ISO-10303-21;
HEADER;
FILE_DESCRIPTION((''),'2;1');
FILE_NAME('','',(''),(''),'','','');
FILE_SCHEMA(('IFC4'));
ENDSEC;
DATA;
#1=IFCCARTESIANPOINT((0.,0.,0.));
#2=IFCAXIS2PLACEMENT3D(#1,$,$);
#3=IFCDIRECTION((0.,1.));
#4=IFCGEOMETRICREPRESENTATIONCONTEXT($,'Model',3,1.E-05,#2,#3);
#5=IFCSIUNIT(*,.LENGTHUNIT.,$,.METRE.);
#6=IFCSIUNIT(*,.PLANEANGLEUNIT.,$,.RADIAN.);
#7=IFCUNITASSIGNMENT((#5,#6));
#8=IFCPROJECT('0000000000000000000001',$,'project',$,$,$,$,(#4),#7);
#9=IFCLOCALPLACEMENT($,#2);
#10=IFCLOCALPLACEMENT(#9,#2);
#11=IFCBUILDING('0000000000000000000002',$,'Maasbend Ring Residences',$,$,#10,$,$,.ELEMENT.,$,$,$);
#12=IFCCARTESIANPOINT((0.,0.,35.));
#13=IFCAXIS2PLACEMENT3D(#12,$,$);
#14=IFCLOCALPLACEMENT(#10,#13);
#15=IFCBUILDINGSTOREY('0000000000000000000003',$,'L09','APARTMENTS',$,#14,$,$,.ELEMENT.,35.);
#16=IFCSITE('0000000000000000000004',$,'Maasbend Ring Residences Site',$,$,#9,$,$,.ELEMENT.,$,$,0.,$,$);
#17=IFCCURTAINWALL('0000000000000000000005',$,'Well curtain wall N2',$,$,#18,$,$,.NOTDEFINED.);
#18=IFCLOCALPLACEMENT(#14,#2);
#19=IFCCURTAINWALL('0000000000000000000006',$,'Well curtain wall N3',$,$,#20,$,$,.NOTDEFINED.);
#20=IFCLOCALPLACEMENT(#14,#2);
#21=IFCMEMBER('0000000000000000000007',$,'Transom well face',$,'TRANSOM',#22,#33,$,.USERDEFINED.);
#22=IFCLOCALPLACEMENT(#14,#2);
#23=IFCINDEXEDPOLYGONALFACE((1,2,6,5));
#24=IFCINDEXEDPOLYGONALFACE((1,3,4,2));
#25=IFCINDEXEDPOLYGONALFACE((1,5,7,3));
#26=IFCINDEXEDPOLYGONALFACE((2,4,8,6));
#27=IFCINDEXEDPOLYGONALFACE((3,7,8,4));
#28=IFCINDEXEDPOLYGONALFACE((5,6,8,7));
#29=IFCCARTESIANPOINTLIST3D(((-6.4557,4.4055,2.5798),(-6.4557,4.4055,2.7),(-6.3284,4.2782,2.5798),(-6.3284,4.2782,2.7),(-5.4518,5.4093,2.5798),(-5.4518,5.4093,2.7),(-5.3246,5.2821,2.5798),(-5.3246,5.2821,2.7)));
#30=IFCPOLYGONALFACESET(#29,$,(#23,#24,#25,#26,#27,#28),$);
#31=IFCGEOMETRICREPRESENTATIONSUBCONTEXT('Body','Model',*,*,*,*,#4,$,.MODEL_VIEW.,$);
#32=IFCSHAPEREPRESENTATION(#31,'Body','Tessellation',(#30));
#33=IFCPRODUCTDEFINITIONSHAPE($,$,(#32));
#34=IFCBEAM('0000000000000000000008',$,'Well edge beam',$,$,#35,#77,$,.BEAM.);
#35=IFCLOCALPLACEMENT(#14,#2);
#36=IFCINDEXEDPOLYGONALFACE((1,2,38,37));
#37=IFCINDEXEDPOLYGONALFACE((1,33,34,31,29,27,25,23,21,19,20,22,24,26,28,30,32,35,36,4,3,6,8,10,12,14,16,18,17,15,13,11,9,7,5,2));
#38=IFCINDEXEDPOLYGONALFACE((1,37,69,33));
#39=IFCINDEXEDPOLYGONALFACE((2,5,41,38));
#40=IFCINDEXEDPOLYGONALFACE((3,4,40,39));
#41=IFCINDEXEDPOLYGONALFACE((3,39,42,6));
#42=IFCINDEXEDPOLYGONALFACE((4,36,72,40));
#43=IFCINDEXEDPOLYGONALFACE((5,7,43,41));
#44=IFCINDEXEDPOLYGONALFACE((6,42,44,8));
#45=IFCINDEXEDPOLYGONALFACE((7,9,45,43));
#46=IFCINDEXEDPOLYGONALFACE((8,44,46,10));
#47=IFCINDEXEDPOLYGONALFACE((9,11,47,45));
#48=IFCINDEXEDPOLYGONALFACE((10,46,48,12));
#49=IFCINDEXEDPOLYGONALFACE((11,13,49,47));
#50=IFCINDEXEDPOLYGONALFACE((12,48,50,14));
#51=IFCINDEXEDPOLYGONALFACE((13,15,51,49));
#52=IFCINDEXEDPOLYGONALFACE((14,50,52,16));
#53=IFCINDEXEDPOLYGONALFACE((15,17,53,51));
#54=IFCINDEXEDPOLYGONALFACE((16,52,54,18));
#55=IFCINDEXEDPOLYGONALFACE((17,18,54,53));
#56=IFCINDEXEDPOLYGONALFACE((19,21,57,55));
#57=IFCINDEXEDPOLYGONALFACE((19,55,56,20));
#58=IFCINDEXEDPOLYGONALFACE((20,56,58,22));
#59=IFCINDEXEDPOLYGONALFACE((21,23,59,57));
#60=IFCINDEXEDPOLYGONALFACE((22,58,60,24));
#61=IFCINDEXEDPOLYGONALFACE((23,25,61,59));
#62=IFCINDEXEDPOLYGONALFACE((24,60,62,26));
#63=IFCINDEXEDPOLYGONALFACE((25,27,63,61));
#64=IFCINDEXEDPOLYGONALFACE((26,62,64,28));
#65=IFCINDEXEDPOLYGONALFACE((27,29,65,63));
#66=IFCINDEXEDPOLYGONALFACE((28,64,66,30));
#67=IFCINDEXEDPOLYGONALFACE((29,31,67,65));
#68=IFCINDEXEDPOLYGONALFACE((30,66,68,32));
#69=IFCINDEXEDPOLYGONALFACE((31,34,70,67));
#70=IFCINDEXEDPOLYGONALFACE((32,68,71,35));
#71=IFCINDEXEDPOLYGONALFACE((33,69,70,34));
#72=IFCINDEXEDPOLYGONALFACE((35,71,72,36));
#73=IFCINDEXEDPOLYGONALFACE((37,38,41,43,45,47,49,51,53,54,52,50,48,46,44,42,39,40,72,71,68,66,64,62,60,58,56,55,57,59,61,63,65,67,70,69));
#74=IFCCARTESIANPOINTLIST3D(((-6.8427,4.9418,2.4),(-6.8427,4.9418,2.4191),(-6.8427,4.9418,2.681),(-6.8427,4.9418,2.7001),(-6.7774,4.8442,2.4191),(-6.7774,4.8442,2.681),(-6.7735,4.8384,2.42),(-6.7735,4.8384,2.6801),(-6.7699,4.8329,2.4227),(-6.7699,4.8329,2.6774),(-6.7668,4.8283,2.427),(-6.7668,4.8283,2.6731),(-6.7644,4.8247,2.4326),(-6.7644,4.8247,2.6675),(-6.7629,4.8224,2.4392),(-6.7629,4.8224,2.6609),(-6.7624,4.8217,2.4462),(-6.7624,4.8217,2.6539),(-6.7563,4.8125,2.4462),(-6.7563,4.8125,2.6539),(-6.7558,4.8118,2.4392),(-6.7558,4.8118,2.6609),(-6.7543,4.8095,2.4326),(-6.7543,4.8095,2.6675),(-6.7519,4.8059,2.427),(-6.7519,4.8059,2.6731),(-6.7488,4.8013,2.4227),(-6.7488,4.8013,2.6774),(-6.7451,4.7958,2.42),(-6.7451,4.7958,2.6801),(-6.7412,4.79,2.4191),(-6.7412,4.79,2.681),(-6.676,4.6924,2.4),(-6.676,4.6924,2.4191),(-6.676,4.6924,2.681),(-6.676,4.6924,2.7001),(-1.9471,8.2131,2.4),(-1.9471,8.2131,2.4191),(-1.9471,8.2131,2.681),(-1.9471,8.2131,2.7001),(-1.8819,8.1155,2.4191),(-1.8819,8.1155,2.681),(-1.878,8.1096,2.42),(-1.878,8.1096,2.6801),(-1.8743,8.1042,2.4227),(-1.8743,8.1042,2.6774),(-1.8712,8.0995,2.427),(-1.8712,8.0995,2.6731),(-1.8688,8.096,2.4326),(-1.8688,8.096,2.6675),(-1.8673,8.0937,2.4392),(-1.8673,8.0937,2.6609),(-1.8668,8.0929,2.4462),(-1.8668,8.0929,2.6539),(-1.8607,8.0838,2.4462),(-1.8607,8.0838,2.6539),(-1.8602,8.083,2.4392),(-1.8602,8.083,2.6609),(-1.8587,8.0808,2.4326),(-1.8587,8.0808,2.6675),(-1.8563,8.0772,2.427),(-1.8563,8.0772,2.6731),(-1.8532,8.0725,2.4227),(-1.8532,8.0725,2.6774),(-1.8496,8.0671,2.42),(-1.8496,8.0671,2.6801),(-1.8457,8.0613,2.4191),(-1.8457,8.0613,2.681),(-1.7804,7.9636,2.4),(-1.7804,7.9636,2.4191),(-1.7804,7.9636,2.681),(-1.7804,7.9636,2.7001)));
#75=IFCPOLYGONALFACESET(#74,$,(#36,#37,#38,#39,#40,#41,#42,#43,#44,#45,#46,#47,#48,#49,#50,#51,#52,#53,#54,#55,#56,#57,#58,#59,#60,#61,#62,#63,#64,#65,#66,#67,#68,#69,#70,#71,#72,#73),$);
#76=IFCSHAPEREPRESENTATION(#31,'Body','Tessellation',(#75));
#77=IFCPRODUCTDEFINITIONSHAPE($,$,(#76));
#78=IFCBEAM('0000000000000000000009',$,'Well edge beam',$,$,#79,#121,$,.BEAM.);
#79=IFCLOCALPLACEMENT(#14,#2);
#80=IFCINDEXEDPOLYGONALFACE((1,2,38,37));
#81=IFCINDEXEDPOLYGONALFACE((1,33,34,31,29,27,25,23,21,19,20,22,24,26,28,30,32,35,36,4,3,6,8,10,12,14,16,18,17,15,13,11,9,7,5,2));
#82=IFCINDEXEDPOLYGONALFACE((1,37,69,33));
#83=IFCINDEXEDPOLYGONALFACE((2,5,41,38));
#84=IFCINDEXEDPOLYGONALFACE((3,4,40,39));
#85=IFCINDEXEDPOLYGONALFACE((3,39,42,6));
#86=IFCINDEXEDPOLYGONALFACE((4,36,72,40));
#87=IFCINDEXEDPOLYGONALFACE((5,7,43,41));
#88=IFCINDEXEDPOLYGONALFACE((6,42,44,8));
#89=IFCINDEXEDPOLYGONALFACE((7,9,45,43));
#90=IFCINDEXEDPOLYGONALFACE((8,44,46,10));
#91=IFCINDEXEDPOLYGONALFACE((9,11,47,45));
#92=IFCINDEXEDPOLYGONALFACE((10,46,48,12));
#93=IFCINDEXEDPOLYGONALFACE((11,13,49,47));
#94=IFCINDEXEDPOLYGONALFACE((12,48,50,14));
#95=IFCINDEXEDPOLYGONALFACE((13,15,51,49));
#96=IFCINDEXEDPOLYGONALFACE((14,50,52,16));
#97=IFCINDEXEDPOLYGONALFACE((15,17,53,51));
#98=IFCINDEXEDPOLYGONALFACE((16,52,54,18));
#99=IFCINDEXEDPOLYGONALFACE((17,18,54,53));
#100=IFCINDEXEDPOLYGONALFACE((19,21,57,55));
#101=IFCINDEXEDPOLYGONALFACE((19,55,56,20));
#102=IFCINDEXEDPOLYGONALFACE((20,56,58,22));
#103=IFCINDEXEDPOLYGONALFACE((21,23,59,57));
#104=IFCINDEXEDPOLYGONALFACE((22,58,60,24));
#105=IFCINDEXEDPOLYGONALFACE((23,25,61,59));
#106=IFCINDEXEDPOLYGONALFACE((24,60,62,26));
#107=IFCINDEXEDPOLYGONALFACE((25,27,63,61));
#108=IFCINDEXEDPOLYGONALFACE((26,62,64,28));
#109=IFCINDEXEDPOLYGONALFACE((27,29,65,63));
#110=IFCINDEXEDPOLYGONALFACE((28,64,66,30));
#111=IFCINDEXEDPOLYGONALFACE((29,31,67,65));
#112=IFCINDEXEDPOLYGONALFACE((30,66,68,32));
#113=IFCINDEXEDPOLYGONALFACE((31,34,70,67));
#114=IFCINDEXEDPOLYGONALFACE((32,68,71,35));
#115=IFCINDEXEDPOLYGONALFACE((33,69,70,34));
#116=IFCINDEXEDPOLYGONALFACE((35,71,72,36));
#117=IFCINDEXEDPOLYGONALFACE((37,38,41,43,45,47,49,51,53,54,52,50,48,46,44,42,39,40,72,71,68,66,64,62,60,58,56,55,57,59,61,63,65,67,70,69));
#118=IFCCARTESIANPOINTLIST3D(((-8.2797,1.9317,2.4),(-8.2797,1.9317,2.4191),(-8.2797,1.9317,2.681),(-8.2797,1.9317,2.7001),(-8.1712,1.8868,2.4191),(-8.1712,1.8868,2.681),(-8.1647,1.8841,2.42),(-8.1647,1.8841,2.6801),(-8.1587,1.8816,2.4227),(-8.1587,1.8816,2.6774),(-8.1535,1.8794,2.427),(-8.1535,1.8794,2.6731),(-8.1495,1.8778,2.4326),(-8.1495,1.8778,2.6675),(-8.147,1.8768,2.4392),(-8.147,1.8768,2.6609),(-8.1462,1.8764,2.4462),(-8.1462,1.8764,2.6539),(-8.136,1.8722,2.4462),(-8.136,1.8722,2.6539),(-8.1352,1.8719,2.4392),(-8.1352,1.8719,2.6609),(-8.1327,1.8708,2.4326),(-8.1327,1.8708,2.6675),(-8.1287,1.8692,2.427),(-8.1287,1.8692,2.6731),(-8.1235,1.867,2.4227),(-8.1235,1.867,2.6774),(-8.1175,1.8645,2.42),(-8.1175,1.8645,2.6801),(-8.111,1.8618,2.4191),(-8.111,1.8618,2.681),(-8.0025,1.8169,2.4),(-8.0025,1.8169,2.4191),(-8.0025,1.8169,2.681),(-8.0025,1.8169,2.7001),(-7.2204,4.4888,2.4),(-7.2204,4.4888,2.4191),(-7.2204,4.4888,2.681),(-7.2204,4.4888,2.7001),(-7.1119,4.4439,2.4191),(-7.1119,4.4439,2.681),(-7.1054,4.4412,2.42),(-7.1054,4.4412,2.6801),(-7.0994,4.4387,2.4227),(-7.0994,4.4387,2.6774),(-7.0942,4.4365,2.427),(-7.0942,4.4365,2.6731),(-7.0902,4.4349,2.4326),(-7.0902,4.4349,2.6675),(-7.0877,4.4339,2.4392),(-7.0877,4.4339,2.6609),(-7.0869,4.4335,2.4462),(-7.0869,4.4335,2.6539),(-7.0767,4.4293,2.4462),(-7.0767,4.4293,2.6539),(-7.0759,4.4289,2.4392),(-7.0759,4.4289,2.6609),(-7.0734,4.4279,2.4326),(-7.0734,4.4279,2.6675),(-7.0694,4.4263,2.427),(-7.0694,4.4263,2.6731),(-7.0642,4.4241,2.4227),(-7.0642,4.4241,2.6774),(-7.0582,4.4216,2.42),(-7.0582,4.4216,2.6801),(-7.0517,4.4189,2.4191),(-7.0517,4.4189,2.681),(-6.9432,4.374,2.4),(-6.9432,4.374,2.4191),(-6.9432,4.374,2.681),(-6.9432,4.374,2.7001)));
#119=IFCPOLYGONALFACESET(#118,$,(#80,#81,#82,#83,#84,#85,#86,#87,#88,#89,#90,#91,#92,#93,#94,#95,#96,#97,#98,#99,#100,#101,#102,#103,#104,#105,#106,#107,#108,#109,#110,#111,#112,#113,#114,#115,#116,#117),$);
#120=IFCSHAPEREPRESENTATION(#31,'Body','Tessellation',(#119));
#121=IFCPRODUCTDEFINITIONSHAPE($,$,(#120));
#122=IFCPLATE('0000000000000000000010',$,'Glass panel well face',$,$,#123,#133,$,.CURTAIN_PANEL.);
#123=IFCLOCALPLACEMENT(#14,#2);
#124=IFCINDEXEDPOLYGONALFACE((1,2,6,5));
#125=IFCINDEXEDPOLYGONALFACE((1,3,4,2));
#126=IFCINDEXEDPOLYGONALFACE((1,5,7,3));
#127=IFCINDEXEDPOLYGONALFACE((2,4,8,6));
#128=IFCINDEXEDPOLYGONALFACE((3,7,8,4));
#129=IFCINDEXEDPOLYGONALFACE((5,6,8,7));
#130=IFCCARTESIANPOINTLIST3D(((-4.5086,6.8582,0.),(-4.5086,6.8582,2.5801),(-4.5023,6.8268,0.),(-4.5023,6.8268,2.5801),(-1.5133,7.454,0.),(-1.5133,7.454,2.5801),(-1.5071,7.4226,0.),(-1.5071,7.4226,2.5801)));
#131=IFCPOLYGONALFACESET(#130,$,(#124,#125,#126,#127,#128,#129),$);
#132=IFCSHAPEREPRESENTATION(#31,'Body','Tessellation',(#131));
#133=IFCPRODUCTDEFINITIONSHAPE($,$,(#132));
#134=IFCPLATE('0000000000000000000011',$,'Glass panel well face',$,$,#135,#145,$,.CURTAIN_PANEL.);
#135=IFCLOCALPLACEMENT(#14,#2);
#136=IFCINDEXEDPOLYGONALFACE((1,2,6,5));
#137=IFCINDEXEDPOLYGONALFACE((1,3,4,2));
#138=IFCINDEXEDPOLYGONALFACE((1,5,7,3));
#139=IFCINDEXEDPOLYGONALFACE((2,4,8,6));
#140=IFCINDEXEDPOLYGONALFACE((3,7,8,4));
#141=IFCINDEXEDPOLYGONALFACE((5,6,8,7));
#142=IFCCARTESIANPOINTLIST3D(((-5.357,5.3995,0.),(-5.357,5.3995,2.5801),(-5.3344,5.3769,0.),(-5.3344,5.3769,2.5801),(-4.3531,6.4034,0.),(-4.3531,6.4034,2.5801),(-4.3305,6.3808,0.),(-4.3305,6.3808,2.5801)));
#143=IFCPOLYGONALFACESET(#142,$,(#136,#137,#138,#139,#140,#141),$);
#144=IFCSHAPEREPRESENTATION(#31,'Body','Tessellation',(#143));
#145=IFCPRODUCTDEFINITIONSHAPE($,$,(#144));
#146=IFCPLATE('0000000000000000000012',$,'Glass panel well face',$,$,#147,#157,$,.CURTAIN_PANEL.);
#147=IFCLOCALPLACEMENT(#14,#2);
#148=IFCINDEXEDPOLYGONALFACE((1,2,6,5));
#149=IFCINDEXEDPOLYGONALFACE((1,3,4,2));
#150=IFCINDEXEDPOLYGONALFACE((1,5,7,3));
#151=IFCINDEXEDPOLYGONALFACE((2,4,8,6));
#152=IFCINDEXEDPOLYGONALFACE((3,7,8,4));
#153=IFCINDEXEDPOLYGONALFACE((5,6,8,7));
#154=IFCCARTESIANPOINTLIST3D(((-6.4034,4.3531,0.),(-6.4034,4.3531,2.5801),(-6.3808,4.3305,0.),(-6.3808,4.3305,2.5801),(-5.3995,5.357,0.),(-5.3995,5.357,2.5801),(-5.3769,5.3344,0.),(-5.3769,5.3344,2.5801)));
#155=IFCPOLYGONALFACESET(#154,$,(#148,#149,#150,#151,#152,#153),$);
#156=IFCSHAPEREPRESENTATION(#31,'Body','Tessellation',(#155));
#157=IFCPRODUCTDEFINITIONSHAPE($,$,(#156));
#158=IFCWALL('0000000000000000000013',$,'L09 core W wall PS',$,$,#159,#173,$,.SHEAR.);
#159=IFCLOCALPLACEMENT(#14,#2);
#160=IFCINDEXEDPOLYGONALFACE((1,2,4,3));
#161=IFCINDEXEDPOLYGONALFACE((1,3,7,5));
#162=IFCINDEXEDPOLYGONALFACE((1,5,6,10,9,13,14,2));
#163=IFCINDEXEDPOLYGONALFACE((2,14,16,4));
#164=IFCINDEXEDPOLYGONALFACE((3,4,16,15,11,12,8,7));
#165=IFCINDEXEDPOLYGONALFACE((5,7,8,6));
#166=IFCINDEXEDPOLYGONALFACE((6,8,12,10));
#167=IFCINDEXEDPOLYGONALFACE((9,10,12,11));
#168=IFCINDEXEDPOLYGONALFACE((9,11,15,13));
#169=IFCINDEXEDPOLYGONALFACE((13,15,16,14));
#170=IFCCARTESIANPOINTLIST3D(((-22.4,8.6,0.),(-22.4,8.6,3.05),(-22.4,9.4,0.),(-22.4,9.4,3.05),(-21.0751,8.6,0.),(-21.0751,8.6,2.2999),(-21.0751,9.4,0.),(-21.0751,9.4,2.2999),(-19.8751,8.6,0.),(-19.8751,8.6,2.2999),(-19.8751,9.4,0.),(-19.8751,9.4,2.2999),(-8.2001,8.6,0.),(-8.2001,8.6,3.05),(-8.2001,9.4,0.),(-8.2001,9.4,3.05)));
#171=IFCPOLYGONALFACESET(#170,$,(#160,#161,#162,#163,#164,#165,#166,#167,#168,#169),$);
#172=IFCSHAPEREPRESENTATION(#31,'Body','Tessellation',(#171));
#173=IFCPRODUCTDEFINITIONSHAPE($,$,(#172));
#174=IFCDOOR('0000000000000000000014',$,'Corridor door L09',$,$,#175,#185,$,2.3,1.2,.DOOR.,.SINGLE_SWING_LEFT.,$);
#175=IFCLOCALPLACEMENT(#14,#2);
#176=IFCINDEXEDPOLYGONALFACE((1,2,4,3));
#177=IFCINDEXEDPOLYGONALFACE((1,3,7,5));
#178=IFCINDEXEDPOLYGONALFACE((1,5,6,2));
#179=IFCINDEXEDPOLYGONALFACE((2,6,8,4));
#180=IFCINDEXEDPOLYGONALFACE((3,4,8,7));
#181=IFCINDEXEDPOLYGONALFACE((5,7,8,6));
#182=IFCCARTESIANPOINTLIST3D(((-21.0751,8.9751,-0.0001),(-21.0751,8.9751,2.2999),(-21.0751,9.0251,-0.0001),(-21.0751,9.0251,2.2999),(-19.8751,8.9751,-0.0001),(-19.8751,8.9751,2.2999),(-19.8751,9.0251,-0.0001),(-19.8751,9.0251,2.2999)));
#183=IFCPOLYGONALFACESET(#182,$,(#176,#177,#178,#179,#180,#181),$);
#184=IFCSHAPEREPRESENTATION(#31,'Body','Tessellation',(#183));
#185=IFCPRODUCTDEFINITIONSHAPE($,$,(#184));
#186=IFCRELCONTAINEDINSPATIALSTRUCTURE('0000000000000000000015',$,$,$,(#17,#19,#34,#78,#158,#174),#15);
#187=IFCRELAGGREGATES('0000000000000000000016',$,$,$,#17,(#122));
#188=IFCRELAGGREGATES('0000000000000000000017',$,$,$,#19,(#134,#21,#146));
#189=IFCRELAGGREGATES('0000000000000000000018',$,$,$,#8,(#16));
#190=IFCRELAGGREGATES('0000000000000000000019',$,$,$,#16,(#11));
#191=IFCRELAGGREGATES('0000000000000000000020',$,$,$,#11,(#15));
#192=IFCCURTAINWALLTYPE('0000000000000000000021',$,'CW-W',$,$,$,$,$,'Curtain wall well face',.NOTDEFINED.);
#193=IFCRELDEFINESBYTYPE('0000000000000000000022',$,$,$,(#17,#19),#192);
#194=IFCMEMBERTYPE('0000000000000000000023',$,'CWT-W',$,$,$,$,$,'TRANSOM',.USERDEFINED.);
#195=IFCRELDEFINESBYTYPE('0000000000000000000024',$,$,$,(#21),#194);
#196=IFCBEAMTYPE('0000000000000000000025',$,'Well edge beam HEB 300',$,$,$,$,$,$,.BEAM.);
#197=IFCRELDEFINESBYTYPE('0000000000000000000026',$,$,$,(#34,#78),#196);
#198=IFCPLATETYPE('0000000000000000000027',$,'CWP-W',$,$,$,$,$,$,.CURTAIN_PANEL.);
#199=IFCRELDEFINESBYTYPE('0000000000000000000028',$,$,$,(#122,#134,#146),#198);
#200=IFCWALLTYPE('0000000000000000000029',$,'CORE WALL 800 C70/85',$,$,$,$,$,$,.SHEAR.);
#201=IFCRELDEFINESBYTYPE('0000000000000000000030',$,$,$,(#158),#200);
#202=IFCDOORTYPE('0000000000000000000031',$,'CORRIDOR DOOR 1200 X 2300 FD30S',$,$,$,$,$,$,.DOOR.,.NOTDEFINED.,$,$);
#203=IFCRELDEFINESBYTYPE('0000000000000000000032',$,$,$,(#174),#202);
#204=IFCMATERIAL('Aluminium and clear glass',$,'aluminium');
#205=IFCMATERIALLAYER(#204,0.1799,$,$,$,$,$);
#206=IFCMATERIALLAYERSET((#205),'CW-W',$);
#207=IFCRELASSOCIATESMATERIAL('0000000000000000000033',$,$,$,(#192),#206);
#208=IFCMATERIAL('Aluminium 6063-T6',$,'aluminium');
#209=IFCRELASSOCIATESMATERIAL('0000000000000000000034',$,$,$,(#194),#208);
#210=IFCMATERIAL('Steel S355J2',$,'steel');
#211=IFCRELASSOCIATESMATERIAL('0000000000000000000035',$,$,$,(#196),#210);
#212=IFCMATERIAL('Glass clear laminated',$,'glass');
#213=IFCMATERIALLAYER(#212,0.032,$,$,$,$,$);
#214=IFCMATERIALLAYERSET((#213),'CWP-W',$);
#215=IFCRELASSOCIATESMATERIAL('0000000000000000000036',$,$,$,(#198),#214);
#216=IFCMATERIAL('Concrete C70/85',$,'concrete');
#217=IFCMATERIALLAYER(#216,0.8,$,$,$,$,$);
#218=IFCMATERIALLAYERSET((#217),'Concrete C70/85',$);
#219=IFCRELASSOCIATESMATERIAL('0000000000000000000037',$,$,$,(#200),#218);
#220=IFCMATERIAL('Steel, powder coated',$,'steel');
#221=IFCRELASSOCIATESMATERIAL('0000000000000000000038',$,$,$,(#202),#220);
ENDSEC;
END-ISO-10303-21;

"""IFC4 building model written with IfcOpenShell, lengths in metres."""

from ifc_helpers import new_model, si_unit, direction, frame, frame_2d, origin, origin_2d, place, context, subcontext, project, spatial, rectangle, i_section, extrude, material, layer, layer_set, material_profile, profile_set, type_object, element, fill, aggregate, save


model = new_model("IFC4")

# Units and contexts
model_context = context("Model", 3, precision=1e-05, world=origin(), true_north=direction((0.0, 1.0)))
body_context = subcontext(model_context, "Body", "Model", "MODEL_VIEW")
ifc_project = project(units=[si_unit("LENGTHUNIT", "METRE"), si_unit("PLANEANGLEUNIT", "RADIAN")], contexts=[model_context])

# Site, building, storey
site_placement = place(None, origin())
site = spatial("IfcSite", under=ifc_project, at=site_placement, Name="Maasbend Ring Residences Site", CompositionType="ELEMENT", RefElevation=0.0)
building_placement = place(site_placement, origin())
building = spatial("IfcBuilding", under=site, at=building_placement, Name="Maasbend Ring Residences", CompositionType="ELEMENT")
storey_placement = place(building_placement, frame((0.0, 0.0, 35.0)))
storey = spatial("IfcBuildingStorey", under=building, at=storey_placement, Name="L09", Description="APARTMENTS", CompositionType="ELEMENT", Elevation=35.0)

# Curtain walls
ifc_material_1 = material(Name="Aluminium and clear glass", Category="aluminium")
ifc_layer_1 = layer(ifc_material_1, 0.1799)
ifc_layer_set_1 = layer_set([ifc_layer_1], Name="CW-W")
curtain_wall_type = type_object("IfcCurtainWallType", Name="CW-W", ElementType="Curtain wall well face", PredefinedType="NOTDEFINED", material=ifc_layer_set_1)
curtain_wall_1_placement = place(storey_placement, origin())
curtain_wall_1 = element("IfcCurtainWall", 1, at=curtain_wall_1_placement, inside=storey, type_object=curtain_wall_type, Name="Well curtain wall N2", PredefinedType="NOTDEFINED")
curtain_wall_2_placement = place(storey_placement, origin())
curtain_wall_2 = element("IfcCurtainWall", 2, at=curtain_wall_2_placement, inside=storey, type_object=curtain_wall_type, Name="Well curtain wall N3", PredefinedType="NOTDEFINED")

# Member
ifc_material_2 = material(Name="Aluminium 6063-T6", Category="aluminium")
ifc_material_profile_1 = material_profile(ifc_material_2, rectangle(XDim=0.1799, YDim=0.1201, at=origin_2d()), Name="AL 180x120")
ifc_profile_set_1 = profile_set([ifc_material_profile_1], Name="Aluminium 6063-T6")
member_type_1 = type_object("IfcMemberType", Name="CWT-W", ElementType="TRANSOM", PredefinedType="USERDEFINED", material=ifc_profile_set_1)
member_1_placement = place(storey_placement, frame((-5.3882, 5.3457, 2.6399), z_axis=(-0.707107, -0.707107, 0.0), x_axis=(0.707107, -0.707107, 0.0)))
member_1 = element("IfcMember", 3, at=member_1_placement, type_object=member_type_1, Name="Transom well face", ObjectType="TRANSOM", PredefinedType="USERDEFINED", context=body_context, shape_type="SweptSolid", body=[
    extrude(rectangle(XDim=0.1799, YDim=0.1201, at=origin_2d()), origin(), (0.0, 0.0, 1.0), 1.4197),
])

# Beams
ifc_material_3 = material(Name="Steel S355J2", Category="steel")
ifc_material_profile_2 = material_profile(ifc_material_3, i_section(OverallWidth=0.3, OverallDepth=0.3, WebThickness=0.011, FlangeThickness=0.019, FilletRadius=0.0271, at=origin_2d()), Name="HEB 300")
ifc_profile_set_2 = profile_set([ifc_material_profile_2], Name="Steel S355J2")
beam_type = type_object("IfcBeamType", Name="Well edge beam HEB 300", PredefinedType="BEAM", material=ifc_profile_set_2)
beam_1_placement = place(storey_placement, frame((-1.8638, 8.0884, 2.55), z_axis=(-0.831457, -0.55559, 0.0), x_axis=(0.55559, -0.831457, 0.0)))
element("IfcBeam", 4, at=beam_1_placement, inside=storey, type_object=beam_type, Name="Well edge beam", PredefinedType="BEAM", context=body_context, shape_type="SweptSolid", body=[
    extrude(i_section(OverallWidth=0.3, OverallDepth=0.3, WebThickness=0.011, FlangeThickness=0.019, FilletRadius=0.0271, at=origin_2d()), origin(), (0.0, 0.0, 1.0), 5.8879),
])
beam_2_placement = place(storey_placement, frame((-7.0818, 4.4314, 2.55), z_axis=(-0.382723, -0.923863, 0.0), x_axis=(0.923863, -0.382723, 0.0)))
element("IfcBeam", 5, at=beam_2_placement, inside=storey, type_object=beam_type, Name="Well edge beam", PredefinedType="BEAM", context=body_context, shape_type="SweptSolid", body=[
    extrude(i_section(OverallWidth=0.3, OverallDepth=0.3, WebThickness=0.011, FlangeThickness=0.019, FilletRadius=0.0271, at=origin_2d()), origin(), (0.0, 0.0, 1.0), 2.7678),
])

# Plates
ifc_material_4 = material(Name="Glass clear laminated", Category="glass")
ifc_layer_2 = layer(ifc_material_4, 0.032)
ifc_layer_set_2 = layer_set([ifc_layer_2], Name="CWP-W")
plate_type = type_object("IfcPlateType", Name="CWP-W", PredefinedType="CURTAIN_PANEL", material=ifc_layer_set_2)
plate_1_placement = place(storey_placement, frame((-3.0078, 7.1404, 0.0), z_axis=(0.0, 0.0, 1.0), x_axis=(-0.980785, -0.19509, 0.0)))
plate_1 = element("IfcPlate", 6, at=plate_1_placement, type_object=plate_type, Name="Glass panel well face", PredefinedType="CURTAIN_PANEL", context=body_context, shape_type="SweptSolid", body=[
    extrude(rectangle(XDim=3.054, YDim=0.032, at=origin_2d()), origin(), (0.0, 0.0, 1.0), 2.5801),
])
aggregate(curtain_wall_1, [plate_1])
plate_2_placement = place(storey_placement, frame((-4.8438, 5.8901, 0.0), z_axis=(0.0, 0.0, 1.0), x_axis=(-0.707107, -0.707107, 0.0)))
plate_2 = element("IfcPlate", 7, at=plate_2_placement, type_object=plate_type, Name="Glass panel well face", PredefinedType="CURTAIN_PANEL", context=body_context, shape_type="SweptSolid", body=[
    extrude(rectangle(XDim=1.4197, YDim=0.032, at=origin_2d()), origin(), (0.0, 0.0, 1.0), 2.5801),
])
plate_3_placement = place(storey_placement, frame((-5.8901, 4.8438, 0.0), z_axis=(0.0, 0.0, 1.0), x_axis=(-0.707107, -0.707107, 0.0)))
plate_3 = element("IfcPlate", 8, at=plate_3_placement, type_object=plate_type, Name="Glass panel well face", PredefinedType="CURTAIN_PANEL", context=body_context, shape_type="SweptSolid", body=[
    extrude(rectangle(XDim=1.4197, YDim=0.032, at=origin_2d()), origin(), (0.0, 0.0, 1.0), 2.5801),
])
aggregate(curtain_wall_2, [plate_2, member_1, plate_3])

# Wall, opening, door
ifc_material_5 = material(Name="Concrete C70/85", Category="concrete")
ifc_layer_3 = layer(ifc_material_5, 0.8)
ifc_layer_set_3 = layer_set([ifc_layer_3], Name="Concrete C70/85")
wall_type_1 = type_object("IfcWallType", Name="CORE WALL 800 C70/85", PredefinedType="SHEAR", material=ifc_layer_set_3)
wall_1_placement = place(storey_placement, frame((-8.2, 9.0, 0.0), z_axis=(0.0, 0.0, 1.0), x_axis=(-1.0, 0.0, 0.0)))
wall_1 = element("IfcWall", 9, at=wall_1_placement, inside=storey, type_object=wall_type_1, Name="L09 core W wall PS", PredefinedType="SHEAR", context=body_context, shape_type="SweptSolid", body=[
    extrude(rectangle(XDim=14.2, YDim=0.8, at=frame_2d((7.1001, 0.0))), origin(), (0.0, 0.0, 1.0), 3.05),
])
opening_1_placement = place(wall_1_placement, frame((11.675, 0.0, 0.0)))
opening_1 = element("IfcOpeningElement", 10, at=opening_1_placement, cuts=wall_1, PredefinedType="OPENING", context=body_context, shape_type="SweptSolid", body=[
    extrude(rectangle(XDim=1.2, YDim=2.3, at=frame_2d((0.6001, 1.1499))), frame((0.0, 0.4102, 0.0), z_axis=(0.0, -1.0, 0.0), x_axis=(1.0, 0.0, 0.0)), (0.0, 0.0, 1.0), 0.8201),
])
ifc_material_6 = material(Name="Steel, powder coated", Category="steel")
door_type_1 = type_object("IfcDoorType", Name="CORRIDOR DOOR 1200 X 2300 FD30S", OperationType="NOTDEFINED", PredefinedType="DOOR", material=ifc_material_6)
door_1_placement = place(opening_1_placement, origin())
door_1 = element("IfcDoor", 11, at=door_1_placement, inside=storey, type_object=door_type_1, Name="Corridor door L09", OperationType="SINGLE_SWING_LEFT", OverallHeight=2.3, OverallWidth=1.2, PredefinedType="DOOR", context=body_context, shape_type="SweptSolid", body=[
    extrude(rectangle(XDim=1.2, YDim=2.3, at=frame_2d((0.6001, 1.1499))), frame((0.0, 0.0249, 0.0), z_axis=(0.0, -1.0, 0.0), x_axis=(1.0, 0.0, 0.0)), (0.0, 0.0, 1.0), 0.05),
])
fill(opening_1, door_1)

save(model, "model.ifc")
